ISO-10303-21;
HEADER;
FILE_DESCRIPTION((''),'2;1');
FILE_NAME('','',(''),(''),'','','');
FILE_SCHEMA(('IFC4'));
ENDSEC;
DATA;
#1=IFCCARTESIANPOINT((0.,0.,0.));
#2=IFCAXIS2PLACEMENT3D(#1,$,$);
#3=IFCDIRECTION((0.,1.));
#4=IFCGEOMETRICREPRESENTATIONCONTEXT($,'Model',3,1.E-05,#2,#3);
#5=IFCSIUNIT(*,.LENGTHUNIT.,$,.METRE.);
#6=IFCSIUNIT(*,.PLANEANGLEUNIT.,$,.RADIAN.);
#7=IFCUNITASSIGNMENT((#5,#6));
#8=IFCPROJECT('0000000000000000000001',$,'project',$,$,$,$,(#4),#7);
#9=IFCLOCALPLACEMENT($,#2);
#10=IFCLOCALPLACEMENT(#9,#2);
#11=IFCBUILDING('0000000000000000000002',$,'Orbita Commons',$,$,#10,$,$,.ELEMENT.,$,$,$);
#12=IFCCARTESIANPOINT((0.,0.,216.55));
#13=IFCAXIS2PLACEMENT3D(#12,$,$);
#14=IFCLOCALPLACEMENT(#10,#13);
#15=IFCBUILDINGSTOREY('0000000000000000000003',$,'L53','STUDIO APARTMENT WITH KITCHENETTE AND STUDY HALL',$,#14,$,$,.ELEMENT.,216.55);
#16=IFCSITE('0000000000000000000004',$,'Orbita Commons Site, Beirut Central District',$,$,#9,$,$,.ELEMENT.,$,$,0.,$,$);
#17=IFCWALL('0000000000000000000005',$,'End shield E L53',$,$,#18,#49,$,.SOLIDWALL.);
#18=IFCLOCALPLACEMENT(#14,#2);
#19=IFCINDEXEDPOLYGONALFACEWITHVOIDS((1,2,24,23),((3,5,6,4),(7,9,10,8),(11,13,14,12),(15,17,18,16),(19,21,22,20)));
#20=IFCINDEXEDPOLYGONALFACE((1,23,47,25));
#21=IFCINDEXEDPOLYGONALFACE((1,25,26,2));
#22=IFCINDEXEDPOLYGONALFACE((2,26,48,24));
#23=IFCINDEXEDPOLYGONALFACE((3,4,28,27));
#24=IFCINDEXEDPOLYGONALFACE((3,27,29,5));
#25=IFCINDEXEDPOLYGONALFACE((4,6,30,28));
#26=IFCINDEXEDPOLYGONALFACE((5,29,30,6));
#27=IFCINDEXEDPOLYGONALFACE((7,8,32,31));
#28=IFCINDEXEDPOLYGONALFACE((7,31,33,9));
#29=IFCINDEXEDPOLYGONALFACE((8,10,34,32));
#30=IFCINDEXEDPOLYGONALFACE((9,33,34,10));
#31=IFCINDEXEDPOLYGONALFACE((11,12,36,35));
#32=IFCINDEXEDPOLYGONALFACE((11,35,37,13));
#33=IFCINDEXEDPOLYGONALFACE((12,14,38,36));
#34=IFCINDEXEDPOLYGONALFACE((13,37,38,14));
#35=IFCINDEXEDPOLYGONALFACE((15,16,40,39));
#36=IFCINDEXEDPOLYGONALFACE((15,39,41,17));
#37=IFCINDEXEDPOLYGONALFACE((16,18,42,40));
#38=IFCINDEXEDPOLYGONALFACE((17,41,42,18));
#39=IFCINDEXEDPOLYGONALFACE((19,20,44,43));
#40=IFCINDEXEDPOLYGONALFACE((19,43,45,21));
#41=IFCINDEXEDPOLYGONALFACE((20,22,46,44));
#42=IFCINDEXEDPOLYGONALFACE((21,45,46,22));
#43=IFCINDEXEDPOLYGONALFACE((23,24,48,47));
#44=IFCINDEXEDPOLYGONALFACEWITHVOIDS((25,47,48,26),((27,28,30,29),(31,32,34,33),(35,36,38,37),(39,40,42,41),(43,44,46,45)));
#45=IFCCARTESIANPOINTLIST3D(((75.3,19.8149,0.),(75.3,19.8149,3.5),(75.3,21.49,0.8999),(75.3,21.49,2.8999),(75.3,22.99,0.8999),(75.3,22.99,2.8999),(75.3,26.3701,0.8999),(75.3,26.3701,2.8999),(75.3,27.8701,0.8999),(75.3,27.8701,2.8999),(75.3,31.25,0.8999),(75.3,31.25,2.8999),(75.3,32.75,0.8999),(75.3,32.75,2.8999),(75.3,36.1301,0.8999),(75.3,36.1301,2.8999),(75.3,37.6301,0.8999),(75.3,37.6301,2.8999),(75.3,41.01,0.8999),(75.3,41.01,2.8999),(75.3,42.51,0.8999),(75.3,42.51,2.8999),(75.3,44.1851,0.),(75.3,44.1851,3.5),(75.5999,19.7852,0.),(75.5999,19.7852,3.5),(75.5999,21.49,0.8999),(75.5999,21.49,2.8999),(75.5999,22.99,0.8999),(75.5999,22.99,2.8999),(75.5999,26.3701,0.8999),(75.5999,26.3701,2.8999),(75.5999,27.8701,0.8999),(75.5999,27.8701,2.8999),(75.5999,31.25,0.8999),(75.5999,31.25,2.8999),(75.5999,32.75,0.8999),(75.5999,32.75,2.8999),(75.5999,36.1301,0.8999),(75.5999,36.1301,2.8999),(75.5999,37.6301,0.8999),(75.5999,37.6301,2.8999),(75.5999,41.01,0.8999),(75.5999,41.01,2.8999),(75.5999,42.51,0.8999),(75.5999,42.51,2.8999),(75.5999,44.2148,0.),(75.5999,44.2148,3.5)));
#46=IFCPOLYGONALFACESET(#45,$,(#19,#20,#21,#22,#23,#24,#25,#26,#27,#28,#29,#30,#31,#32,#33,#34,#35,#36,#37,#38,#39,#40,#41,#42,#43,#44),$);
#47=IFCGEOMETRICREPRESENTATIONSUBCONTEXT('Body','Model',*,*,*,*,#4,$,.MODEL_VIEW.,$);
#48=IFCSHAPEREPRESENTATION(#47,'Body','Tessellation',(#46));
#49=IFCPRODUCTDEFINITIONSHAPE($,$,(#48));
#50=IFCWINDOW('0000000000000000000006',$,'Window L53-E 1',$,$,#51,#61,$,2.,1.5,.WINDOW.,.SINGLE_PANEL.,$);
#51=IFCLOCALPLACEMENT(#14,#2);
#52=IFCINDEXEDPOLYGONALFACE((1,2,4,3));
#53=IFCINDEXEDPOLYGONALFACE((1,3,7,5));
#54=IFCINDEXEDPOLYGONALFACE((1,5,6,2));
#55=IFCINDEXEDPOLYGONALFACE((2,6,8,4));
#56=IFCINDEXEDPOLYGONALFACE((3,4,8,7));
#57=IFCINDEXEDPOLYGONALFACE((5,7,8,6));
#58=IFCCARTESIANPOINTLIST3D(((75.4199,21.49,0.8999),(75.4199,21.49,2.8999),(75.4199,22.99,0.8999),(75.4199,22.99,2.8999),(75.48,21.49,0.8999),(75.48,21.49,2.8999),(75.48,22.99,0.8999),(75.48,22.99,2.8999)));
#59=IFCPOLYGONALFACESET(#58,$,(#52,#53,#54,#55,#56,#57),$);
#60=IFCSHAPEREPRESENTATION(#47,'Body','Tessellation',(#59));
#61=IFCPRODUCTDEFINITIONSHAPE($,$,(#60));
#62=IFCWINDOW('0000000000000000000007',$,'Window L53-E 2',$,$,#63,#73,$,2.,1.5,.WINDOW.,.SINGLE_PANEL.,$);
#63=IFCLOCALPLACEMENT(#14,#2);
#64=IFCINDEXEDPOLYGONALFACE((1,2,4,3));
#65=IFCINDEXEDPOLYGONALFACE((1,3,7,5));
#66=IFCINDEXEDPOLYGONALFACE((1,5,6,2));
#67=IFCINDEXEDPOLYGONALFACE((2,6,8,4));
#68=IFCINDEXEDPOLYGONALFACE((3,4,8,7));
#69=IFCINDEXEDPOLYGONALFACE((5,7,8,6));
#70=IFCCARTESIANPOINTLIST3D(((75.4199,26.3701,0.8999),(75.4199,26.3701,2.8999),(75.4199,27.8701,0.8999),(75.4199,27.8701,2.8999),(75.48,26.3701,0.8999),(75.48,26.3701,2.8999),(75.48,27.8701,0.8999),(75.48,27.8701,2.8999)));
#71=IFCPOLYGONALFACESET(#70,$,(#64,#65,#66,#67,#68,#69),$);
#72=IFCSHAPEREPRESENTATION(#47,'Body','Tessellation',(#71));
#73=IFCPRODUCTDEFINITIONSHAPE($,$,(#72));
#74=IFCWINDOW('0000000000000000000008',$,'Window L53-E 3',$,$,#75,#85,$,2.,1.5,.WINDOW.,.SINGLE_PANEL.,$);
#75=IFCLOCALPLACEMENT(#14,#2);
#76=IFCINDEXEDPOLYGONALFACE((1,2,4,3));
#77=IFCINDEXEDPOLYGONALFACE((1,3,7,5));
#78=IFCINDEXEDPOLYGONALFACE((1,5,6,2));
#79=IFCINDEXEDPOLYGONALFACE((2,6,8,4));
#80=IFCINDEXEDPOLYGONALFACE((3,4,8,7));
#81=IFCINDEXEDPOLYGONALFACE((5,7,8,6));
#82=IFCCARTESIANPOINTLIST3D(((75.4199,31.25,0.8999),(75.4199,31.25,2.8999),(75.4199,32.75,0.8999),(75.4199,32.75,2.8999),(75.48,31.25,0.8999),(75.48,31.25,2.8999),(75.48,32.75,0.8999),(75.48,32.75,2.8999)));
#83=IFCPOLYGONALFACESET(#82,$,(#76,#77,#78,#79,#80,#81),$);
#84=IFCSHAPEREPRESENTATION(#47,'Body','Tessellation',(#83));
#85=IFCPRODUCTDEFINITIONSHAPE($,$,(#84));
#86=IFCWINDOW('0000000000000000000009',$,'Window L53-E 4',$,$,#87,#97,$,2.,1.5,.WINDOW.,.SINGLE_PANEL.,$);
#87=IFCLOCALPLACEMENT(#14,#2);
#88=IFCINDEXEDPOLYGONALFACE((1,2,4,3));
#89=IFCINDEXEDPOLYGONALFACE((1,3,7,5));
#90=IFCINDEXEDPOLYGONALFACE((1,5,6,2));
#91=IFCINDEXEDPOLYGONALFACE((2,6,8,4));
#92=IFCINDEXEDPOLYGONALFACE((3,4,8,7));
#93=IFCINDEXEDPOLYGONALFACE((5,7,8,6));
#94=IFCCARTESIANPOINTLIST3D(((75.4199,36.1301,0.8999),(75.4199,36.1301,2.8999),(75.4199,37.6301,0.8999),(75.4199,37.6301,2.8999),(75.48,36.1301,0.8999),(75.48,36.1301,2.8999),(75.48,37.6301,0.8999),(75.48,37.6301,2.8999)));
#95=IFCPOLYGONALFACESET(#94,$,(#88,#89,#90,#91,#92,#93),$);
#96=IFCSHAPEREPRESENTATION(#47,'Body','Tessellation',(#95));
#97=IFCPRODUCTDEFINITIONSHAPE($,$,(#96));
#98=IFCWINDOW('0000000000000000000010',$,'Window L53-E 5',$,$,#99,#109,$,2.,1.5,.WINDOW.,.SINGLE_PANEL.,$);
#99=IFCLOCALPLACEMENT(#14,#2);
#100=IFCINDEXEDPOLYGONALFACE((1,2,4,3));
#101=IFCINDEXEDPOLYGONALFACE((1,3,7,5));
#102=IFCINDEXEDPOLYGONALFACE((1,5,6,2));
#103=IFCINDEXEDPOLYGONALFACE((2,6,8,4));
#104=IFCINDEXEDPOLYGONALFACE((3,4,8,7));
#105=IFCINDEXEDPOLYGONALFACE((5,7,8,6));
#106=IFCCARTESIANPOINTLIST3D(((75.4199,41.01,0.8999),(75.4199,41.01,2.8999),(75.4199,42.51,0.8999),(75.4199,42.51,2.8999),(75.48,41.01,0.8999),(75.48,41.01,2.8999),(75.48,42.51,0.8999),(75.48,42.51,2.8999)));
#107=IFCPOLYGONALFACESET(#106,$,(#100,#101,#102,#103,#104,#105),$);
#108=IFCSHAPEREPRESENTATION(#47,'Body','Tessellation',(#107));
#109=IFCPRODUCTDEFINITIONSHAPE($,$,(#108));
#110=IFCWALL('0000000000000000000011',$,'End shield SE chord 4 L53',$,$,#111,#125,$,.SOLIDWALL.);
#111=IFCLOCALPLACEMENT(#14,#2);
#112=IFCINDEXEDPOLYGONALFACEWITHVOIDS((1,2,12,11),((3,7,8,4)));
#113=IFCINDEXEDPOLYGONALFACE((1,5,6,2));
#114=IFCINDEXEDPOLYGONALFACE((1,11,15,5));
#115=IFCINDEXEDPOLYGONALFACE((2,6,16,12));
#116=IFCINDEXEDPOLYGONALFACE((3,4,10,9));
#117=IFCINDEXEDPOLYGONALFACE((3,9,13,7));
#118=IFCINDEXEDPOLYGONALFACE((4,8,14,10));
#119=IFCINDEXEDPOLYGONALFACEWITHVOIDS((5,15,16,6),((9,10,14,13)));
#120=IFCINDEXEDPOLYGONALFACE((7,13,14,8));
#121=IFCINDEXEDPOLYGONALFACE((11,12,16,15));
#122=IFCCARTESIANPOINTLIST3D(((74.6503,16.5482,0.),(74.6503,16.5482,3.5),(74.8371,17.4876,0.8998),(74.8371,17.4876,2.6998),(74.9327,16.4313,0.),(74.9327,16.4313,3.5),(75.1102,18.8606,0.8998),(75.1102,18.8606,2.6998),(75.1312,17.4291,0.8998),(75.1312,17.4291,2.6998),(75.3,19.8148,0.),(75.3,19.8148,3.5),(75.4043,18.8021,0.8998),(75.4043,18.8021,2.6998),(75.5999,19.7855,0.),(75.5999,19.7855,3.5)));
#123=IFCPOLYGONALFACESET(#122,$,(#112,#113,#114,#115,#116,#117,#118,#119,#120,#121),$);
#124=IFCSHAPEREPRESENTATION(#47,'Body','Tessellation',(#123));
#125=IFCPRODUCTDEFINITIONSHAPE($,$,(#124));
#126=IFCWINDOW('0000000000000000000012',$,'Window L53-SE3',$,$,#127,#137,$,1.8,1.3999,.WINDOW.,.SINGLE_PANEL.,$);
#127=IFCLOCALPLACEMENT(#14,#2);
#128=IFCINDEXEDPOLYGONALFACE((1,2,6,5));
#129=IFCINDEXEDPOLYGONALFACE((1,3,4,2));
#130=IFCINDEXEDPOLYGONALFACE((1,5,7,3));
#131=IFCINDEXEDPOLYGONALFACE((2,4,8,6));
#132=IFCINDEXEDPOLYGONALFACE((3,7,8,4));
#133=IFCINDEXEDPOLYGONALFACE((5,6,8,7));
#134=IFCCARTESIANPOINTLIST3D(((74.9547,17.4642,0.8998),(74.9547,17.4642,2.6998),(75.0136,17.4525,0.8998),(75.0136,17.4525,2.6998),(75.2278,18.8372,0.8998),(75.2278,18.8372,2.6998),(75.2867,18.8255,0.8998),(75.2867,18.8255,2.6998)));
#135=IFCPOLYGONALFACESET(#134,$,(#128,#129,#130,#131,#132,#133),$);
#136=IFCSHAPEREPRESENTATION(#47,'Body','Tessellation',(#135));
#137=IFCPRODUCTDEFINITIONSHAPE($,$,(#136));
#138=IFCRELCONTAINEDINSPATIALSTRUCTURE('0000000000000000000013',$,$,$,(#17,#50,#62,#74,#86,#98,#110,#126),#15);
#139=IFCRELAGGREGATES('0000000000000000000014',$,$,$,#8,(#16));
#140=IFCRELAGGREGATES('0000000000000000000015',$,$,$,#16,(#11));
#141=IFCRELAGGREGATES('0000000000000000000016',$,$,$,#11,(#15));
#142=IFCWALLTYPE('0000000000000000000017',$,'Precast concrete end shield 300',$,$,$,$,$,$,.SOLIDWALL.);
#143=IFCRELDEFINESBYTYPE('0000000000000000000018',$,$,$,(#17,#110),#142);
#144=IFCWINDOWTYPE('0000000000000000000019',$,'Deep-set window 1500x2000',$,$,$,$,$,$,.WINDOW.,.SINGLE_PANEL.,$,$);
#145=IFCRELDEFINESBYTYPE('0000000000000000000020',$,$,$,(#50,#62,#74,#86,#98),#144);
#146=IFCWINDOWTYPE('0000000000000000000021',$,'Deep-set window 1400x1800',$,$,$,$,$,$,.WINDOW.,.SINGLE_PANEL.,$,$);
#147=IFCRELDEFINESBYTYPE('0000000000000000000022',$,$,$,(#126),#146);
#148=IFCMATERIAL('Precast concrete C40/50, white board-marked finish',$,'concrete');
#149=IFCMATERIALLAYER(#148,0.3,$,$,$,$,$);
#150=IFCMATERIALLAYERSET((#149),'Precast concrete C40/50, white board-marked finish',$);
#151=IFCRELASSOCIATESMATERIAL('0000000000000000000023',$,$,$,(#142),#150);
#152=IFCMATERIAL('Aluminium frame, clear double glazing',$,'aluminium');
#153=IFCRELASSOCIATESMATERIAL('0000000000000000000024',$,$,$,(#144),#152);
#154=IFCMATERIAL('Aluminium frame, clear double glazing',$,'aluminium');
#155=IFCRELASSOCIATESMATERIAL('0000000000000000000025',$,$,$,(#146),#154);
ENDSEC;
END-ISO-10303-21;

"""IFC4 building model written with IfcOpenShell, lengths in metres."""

from ifc_helpers import new_model, si_unit, direction, frame, frame_2d, origin, place, context, subcontext, project, spatial, polyline, rectangle, outline, extrude, material, layer, layer_set, type_object, element, fill, save


model = new_model("IFC4")

# Units and contexts
model_context = context("Model", 3, precision=1e-05, world=origin(), true_north=direction((0.0, 1.0)))
body_context = subcontext(model_context, "Body", "Model", "MODEL_VIEW")
ifc_project = project(units=[si_unit("LENGTHUNIT", "METRE"), si_unit("PLANEANGLEUNIT", "RADIAN")], contexts=[model_context])

# Site, building, storey
site_placement = place(None, origin())
site = spatial("IfcSite", under=ifc_project, at=site_placement, Name="Orbita Commons Site, Beirut Central District", CompositionType="ELEMENT", RefElevation=0.0)
building_placement = place(site_placement, origin())
building = spatial("IfcBuilding", under=site, at=building_placement, Name="Orbita Commons", CompositionType="ELEMENT")
storey_placement = place(building_placement, frame((0.0, 0.0, 216.55)))
storey = spatial("IfcBuildingStorey", under=building, at=storey_placement, Name="L53", Description="STUDIO APARTMENT WITH KITCHENETTE AND STUDY HALL", CompositionType="ELEMENT", Elevation=216.55)

# Wall, openings, windows
ifc_material_1 = material(Name="Precast concrete C40/50, white board-marked finish", Category="concrete")
ifc_layer_1 = layer(ifc_material_1, 0.3)
ifc_layer_set_1 = layer_set([ifc_layer_1], Name="Precast concrete C40/50, white board-marked finish")
wall_type_1 = type_object("IfcWallType", Name="Precast concrete end shield 300", PredefinedType="SOLIDWALL", material=ifc_layer_set_1)
wall_1_placement = place(storey_placement, frame((75.45, 19.8, 0.0), z_axis=(0.0, 0.0, 1.0), x_axis=(0.0, 1.0, 0.0)))
wall_1 = element("IfcWall", 1, at=wall_1_placement, inside=storey, type_object=wall_type_1, Name="End shield E L53", PredefinedType="SOLIDWALL", context=body_context, shape_type="SweptSolid", body=[
    extrude(outline(polyline([(-0.0149, -0.1499), (24.4148, -0.1499), (24.385, 0.1499), (0.0149, 0.1499), (-0.0149, -0.1499)])), origin(), (0.0, 0.0, 1.0), 3.5),
])
opening_1_placement = place(wall_1_placement, frame((1.6899, 0.0, 0.8999)))
opening_1 = element("IfcOpeningElement", 2, at=opening_1_placement, cuts=wall_1, PredefinedType="OPENING", context=body_context, shape_type="SweptSolid", body=[
    extrude(rectangle(XDim=1.5, YDim=2.0, at=frame_2d((0.75, 1.0))), frame((0.0, 0.1599, 0.0), z_axis=(0.0, -1.0, 0.0), x_axis=(1.0, 0.0, 0.0)), (0.0, 0.0, 1.0), 0.3201),
])
opening_2_placement = place(wall_1_placement, frame((6.5701, 0.0, 0.8999)))
opening_2 = element("IfcOpeningElement", 3, at=opening_2_placement, cuts=wall_1, PredefinedType="OPENING", context=body_context, shape_type="SweptSolid", body=[
    extrude(rectangle(XDim=1.5, YDim=2.0, at=frame_2d((0.75, 1.0))), frame((0.0, 0.1599, 0.0), z_axis=(0.0, -1.0, 0.0), x_axis=(1.0, 0.0, 0.0)), (0.0, 0.0, 1.0), 0.3201),
])
opening_3_placement = place(wall_1_placement, frame((11.45, 0.0, 0.8999)))
opening_3 = element("IfcOpeningElement", 4, at=opening_3_placement, cuts=wall_1, PredefinedType="OPENING", context=body_context, shape_type="SweptSolid", body=[
    extrude(rectangle(XDim=1.5, YDim=2.0, at=frame_2d((0.75, 1.0))), frame((0.0, 0.1599, 0.0), z_axis=(0.0, -1.0, 0.0), x_axis=(1.0, 0.0, 0.0)), (0.0, 0.0, 1.0), 0.3201),
])
opening_4_placement = place(wall_1_placement, frame((16.3301, 0.0, 0.8999)))
opening_4 = element("IfcOpeningElement", 5, at=opening_4_placement, cuts=wall_1, PredefinedType="OPENING", context=body_context, shape_type="SweptSolid", body=[
    extrude(rectangle(XDim=1.5, YDim=2.0, at=frame_2d((0.75, 1.0))), frame((0.0, 0.1599, 0.0), z_axis=(0.0, -1.0, 0.0), x_axis=(1.0, 0.0, 0.0)), (0.0, 0.0, 1.0), 0.3201),
])
opening_5_placement = place(wall_1_placement, frame((21.21, 0.0, 0.8999)))
opening_5 = element("IfcOpeningElement", 6, at=opening_5_placement, cuts=wall_1, PredefinedType="OPENING", context=body_context, shape_type="SweptSolid", body=[
    extrude(rectangle(XDim=1.5, YDim=2.0, at=frame_2d((0.75, 1.0))), frame((0.0, 0.1599, 0.0), z_axis=(0.0, -1.0, 0.0), x_axis=(1.0, 0.0, 0.0)), (0.0, 0.0, 1.0), 0.3201),
])
ifc_material_2 = material(Name="Aluminium frame, clear double glazing", Category="aluminium")
window_type_1 = type_object("IfcWindowType", Name="Deep-set window 1500x2000", PartitioningType="SINGLE_PANEL", PredefinedType="WINDOW", material=ifc_material_2)
window_1_placement = place(opening_1_placement, origin())
window_1 = element("IfcWindow", 7, at=window_1_placement, inside=storey, type_object=window_type_1, Name="Window L53-E 1", OverallHeight=2.0, OverallWidth=1.5, PartitioningType="SINGLE_PANEL", PredefinedType="WINDOW", context=body_context, shape_type="SweptSolid", body=[
    extrude(rectangle(XDim=1.5, YDim=2.0, at=frame_2d((0.75, 1.0))), frame((0.0, 0.03, 0.0), z_axis=(0.0, -1.0, 0.0), x_axis=(1.0, 0.0, 0.0)), (0.0, 0.0, 1.0), 0.0601),
])
fill(opening_1, window_1)
window_2_placement = place(opening_2_placement, origin())
window_2 = element("IfcWindow", 8, at=window_2_placement, inside=storey, type_object=window_type_1, Name="Window L53-E 2", OverallHeight=2.0, OverallWidth=1.5, PartitioningType="SINGLE_PANEL", PredefinedType="WINDOW", context=body_context, shape_type="SweptSolid", body=[
    extrude(rectangle(XDim=1.5, YDim=2.0, at=frame_2d((0.75, 1.0))), frame((0.0, 0.03, 0.0), z_axis=(0.0, -1.0, 0.0), x_axis=(1.0, 0.0, 0.0)), (0.0, 0.0, 1.0), 0.0601),
])
fill(opening_2, window_2)
window_3_placement = place(opening_3_placement, origin())
window_3 = element("IfcWindow", 9, at=window_3_placement, inside=storey, type_object=window_type_1, Name="Window L53-E 3", OverallHeight=2.0, OverallWidth=1.5, PartitioningType="SINGLE_PANEL", PredefinedType="WINDOW", context=body_context, shape_type="SweptSolid", body=[
    extrude(rectangle(XDim=1.5, YDim=2.0, at=frame_2d((0.75, 1.0))), frame((0.0, 0.03, 0.0), z_axis=(0.0, -1.0, 0.0), x_axis=(1.0, 0.0, 0.0)), (0.0, 0.0, 1.0), 0.0601),
])
fill(opening_3, window_3)
window_4_placement = place(opening_4_placement, origin())
window_4 = element("IfcWindow", 10, at=window_4_placement, inside=storey, type_object=window_type_1, Name="Window L53-E 4", OverallHeight=2.0, OverallWidth=1.5, PartitioningType="SINGLE_PANEL", PredefinedType="WINDOW", context=body_context, shape_type="SweptSolid", body=[
    extrude(rectangle(XDim=1.5, YDim=2.0, at=frame_2d((0.75, 1.0))), frame((0.0, 0.03, 0.0), z_axis=(0.0, -1.0, 0.0), x_axis=(1.0, 0.0, 0.0)), (0.0, 0.0, 1.0), 0.0601),
])
fill(opening_4, window_4)
window_5_placement = place(opening_5_placement, origin())
window_5 = element("IfcWindow", 11, at=window_5_placement, inside=storey, type_object=window_type_1, Name="Window L53-E 5", OverallHeight=2.0, OverallWidth=1.5, PartitioningType="SINGLE_PANEL", PredefinedType="WINDOW", context=body_context, shape_type="SweptSolid", body=[
    extrude(rectangle(XDim=1.5, YDim=2.0, at=frame_2d((0.75, 1.0))), frame((0.0, 0.03, 0.0), z_axis=(0.0, -1.0, 0.0), x_axis=(1.0, 0.0, 0.0)), (0.0, 0.0, 1.0), 0.0601),
])
fill(opening_5, window_5)

# Wall, opening, window
wall_2_placement = place(storey_placement, frame((74.7915, 16.4897, 0.0), z_axis=(0.0, 0.0, 1.0), x_axis=(0.195087, 0.980786, 0.0)))
wall_2 = element("IfcWall", 12, at=wall_2_placement, inside=storey, type_object=wall_type_1, Name="End shield SE chord 4 L53", PredefinedType="SOLIDWALL", context=body_context, shape_type="SweptSolid", body=[
    extrude(outline(polyline([(-0.0298, -0.1499), (3.3901, -0.1499), (3.3604, 0.1499), (0.0298, 0.1499), (-0.0298, -0.1499)])), origin(), (0.0, 0.0, 1.0), 3.5),
])
opening_6_placement = place(wall_2_placement, frame((0.9875, 0.0, 0.8999)))
opening_6 = element("IfcOpeningElement", 13, at=opening_6_placement, cuts=wall_2, PredefinedType="OPENING", context=body_context, shape_type="SweptSolid", body=[
    extrude(rectangle(XDim=1.3999, YDim=1.8, at=frame_2d((0.7, 0.8999))), frame((0.0, 0.1599, 0.0), z_axis=(0.0, -1.0, 0.0), x_axis=(1.0, 0.0, 0.0)), (0.0, 0.0, 1.0), 0.3201),
])
ifc_material_3 = material(Name="Aluminium frame, clear double glazing", Category="aluminium")
window_type_2 = type_object("IfcWindowType", Name="Deep-set window 1400x1800", PartitioningType="SINGLE_PANEL", PredefinedType="WINDOW", material=ifc_material_3)
window_6_placement = place(opening_6_placement, origin())
window_6 = element("IfcWindow", 14, at=window_6_placement, inside=storey, type_object=window_type_2, Name="Window L53-SE3", OverallHeight=1.8, OverallWidth=1.3999, PartitioningType="SINGLE_PANEL", PredefinedType="WINDOW", context=body_context, shape_type="SweptSolid", body=[
    extrude(rectangle(XDim=1.3999, YDim=1.8, at=frame_2d((0.7, 0.8999))), frame((0.0, 0.03, 0.0), z_axis=(0.0, -1.0, 0.0), x_axis=(1.0, 0.0, 0.0)), (0.0, 0.0, 1.0), 0.0601),
])
fill(opening_6, window_6)

save(model, "model.ifc")
